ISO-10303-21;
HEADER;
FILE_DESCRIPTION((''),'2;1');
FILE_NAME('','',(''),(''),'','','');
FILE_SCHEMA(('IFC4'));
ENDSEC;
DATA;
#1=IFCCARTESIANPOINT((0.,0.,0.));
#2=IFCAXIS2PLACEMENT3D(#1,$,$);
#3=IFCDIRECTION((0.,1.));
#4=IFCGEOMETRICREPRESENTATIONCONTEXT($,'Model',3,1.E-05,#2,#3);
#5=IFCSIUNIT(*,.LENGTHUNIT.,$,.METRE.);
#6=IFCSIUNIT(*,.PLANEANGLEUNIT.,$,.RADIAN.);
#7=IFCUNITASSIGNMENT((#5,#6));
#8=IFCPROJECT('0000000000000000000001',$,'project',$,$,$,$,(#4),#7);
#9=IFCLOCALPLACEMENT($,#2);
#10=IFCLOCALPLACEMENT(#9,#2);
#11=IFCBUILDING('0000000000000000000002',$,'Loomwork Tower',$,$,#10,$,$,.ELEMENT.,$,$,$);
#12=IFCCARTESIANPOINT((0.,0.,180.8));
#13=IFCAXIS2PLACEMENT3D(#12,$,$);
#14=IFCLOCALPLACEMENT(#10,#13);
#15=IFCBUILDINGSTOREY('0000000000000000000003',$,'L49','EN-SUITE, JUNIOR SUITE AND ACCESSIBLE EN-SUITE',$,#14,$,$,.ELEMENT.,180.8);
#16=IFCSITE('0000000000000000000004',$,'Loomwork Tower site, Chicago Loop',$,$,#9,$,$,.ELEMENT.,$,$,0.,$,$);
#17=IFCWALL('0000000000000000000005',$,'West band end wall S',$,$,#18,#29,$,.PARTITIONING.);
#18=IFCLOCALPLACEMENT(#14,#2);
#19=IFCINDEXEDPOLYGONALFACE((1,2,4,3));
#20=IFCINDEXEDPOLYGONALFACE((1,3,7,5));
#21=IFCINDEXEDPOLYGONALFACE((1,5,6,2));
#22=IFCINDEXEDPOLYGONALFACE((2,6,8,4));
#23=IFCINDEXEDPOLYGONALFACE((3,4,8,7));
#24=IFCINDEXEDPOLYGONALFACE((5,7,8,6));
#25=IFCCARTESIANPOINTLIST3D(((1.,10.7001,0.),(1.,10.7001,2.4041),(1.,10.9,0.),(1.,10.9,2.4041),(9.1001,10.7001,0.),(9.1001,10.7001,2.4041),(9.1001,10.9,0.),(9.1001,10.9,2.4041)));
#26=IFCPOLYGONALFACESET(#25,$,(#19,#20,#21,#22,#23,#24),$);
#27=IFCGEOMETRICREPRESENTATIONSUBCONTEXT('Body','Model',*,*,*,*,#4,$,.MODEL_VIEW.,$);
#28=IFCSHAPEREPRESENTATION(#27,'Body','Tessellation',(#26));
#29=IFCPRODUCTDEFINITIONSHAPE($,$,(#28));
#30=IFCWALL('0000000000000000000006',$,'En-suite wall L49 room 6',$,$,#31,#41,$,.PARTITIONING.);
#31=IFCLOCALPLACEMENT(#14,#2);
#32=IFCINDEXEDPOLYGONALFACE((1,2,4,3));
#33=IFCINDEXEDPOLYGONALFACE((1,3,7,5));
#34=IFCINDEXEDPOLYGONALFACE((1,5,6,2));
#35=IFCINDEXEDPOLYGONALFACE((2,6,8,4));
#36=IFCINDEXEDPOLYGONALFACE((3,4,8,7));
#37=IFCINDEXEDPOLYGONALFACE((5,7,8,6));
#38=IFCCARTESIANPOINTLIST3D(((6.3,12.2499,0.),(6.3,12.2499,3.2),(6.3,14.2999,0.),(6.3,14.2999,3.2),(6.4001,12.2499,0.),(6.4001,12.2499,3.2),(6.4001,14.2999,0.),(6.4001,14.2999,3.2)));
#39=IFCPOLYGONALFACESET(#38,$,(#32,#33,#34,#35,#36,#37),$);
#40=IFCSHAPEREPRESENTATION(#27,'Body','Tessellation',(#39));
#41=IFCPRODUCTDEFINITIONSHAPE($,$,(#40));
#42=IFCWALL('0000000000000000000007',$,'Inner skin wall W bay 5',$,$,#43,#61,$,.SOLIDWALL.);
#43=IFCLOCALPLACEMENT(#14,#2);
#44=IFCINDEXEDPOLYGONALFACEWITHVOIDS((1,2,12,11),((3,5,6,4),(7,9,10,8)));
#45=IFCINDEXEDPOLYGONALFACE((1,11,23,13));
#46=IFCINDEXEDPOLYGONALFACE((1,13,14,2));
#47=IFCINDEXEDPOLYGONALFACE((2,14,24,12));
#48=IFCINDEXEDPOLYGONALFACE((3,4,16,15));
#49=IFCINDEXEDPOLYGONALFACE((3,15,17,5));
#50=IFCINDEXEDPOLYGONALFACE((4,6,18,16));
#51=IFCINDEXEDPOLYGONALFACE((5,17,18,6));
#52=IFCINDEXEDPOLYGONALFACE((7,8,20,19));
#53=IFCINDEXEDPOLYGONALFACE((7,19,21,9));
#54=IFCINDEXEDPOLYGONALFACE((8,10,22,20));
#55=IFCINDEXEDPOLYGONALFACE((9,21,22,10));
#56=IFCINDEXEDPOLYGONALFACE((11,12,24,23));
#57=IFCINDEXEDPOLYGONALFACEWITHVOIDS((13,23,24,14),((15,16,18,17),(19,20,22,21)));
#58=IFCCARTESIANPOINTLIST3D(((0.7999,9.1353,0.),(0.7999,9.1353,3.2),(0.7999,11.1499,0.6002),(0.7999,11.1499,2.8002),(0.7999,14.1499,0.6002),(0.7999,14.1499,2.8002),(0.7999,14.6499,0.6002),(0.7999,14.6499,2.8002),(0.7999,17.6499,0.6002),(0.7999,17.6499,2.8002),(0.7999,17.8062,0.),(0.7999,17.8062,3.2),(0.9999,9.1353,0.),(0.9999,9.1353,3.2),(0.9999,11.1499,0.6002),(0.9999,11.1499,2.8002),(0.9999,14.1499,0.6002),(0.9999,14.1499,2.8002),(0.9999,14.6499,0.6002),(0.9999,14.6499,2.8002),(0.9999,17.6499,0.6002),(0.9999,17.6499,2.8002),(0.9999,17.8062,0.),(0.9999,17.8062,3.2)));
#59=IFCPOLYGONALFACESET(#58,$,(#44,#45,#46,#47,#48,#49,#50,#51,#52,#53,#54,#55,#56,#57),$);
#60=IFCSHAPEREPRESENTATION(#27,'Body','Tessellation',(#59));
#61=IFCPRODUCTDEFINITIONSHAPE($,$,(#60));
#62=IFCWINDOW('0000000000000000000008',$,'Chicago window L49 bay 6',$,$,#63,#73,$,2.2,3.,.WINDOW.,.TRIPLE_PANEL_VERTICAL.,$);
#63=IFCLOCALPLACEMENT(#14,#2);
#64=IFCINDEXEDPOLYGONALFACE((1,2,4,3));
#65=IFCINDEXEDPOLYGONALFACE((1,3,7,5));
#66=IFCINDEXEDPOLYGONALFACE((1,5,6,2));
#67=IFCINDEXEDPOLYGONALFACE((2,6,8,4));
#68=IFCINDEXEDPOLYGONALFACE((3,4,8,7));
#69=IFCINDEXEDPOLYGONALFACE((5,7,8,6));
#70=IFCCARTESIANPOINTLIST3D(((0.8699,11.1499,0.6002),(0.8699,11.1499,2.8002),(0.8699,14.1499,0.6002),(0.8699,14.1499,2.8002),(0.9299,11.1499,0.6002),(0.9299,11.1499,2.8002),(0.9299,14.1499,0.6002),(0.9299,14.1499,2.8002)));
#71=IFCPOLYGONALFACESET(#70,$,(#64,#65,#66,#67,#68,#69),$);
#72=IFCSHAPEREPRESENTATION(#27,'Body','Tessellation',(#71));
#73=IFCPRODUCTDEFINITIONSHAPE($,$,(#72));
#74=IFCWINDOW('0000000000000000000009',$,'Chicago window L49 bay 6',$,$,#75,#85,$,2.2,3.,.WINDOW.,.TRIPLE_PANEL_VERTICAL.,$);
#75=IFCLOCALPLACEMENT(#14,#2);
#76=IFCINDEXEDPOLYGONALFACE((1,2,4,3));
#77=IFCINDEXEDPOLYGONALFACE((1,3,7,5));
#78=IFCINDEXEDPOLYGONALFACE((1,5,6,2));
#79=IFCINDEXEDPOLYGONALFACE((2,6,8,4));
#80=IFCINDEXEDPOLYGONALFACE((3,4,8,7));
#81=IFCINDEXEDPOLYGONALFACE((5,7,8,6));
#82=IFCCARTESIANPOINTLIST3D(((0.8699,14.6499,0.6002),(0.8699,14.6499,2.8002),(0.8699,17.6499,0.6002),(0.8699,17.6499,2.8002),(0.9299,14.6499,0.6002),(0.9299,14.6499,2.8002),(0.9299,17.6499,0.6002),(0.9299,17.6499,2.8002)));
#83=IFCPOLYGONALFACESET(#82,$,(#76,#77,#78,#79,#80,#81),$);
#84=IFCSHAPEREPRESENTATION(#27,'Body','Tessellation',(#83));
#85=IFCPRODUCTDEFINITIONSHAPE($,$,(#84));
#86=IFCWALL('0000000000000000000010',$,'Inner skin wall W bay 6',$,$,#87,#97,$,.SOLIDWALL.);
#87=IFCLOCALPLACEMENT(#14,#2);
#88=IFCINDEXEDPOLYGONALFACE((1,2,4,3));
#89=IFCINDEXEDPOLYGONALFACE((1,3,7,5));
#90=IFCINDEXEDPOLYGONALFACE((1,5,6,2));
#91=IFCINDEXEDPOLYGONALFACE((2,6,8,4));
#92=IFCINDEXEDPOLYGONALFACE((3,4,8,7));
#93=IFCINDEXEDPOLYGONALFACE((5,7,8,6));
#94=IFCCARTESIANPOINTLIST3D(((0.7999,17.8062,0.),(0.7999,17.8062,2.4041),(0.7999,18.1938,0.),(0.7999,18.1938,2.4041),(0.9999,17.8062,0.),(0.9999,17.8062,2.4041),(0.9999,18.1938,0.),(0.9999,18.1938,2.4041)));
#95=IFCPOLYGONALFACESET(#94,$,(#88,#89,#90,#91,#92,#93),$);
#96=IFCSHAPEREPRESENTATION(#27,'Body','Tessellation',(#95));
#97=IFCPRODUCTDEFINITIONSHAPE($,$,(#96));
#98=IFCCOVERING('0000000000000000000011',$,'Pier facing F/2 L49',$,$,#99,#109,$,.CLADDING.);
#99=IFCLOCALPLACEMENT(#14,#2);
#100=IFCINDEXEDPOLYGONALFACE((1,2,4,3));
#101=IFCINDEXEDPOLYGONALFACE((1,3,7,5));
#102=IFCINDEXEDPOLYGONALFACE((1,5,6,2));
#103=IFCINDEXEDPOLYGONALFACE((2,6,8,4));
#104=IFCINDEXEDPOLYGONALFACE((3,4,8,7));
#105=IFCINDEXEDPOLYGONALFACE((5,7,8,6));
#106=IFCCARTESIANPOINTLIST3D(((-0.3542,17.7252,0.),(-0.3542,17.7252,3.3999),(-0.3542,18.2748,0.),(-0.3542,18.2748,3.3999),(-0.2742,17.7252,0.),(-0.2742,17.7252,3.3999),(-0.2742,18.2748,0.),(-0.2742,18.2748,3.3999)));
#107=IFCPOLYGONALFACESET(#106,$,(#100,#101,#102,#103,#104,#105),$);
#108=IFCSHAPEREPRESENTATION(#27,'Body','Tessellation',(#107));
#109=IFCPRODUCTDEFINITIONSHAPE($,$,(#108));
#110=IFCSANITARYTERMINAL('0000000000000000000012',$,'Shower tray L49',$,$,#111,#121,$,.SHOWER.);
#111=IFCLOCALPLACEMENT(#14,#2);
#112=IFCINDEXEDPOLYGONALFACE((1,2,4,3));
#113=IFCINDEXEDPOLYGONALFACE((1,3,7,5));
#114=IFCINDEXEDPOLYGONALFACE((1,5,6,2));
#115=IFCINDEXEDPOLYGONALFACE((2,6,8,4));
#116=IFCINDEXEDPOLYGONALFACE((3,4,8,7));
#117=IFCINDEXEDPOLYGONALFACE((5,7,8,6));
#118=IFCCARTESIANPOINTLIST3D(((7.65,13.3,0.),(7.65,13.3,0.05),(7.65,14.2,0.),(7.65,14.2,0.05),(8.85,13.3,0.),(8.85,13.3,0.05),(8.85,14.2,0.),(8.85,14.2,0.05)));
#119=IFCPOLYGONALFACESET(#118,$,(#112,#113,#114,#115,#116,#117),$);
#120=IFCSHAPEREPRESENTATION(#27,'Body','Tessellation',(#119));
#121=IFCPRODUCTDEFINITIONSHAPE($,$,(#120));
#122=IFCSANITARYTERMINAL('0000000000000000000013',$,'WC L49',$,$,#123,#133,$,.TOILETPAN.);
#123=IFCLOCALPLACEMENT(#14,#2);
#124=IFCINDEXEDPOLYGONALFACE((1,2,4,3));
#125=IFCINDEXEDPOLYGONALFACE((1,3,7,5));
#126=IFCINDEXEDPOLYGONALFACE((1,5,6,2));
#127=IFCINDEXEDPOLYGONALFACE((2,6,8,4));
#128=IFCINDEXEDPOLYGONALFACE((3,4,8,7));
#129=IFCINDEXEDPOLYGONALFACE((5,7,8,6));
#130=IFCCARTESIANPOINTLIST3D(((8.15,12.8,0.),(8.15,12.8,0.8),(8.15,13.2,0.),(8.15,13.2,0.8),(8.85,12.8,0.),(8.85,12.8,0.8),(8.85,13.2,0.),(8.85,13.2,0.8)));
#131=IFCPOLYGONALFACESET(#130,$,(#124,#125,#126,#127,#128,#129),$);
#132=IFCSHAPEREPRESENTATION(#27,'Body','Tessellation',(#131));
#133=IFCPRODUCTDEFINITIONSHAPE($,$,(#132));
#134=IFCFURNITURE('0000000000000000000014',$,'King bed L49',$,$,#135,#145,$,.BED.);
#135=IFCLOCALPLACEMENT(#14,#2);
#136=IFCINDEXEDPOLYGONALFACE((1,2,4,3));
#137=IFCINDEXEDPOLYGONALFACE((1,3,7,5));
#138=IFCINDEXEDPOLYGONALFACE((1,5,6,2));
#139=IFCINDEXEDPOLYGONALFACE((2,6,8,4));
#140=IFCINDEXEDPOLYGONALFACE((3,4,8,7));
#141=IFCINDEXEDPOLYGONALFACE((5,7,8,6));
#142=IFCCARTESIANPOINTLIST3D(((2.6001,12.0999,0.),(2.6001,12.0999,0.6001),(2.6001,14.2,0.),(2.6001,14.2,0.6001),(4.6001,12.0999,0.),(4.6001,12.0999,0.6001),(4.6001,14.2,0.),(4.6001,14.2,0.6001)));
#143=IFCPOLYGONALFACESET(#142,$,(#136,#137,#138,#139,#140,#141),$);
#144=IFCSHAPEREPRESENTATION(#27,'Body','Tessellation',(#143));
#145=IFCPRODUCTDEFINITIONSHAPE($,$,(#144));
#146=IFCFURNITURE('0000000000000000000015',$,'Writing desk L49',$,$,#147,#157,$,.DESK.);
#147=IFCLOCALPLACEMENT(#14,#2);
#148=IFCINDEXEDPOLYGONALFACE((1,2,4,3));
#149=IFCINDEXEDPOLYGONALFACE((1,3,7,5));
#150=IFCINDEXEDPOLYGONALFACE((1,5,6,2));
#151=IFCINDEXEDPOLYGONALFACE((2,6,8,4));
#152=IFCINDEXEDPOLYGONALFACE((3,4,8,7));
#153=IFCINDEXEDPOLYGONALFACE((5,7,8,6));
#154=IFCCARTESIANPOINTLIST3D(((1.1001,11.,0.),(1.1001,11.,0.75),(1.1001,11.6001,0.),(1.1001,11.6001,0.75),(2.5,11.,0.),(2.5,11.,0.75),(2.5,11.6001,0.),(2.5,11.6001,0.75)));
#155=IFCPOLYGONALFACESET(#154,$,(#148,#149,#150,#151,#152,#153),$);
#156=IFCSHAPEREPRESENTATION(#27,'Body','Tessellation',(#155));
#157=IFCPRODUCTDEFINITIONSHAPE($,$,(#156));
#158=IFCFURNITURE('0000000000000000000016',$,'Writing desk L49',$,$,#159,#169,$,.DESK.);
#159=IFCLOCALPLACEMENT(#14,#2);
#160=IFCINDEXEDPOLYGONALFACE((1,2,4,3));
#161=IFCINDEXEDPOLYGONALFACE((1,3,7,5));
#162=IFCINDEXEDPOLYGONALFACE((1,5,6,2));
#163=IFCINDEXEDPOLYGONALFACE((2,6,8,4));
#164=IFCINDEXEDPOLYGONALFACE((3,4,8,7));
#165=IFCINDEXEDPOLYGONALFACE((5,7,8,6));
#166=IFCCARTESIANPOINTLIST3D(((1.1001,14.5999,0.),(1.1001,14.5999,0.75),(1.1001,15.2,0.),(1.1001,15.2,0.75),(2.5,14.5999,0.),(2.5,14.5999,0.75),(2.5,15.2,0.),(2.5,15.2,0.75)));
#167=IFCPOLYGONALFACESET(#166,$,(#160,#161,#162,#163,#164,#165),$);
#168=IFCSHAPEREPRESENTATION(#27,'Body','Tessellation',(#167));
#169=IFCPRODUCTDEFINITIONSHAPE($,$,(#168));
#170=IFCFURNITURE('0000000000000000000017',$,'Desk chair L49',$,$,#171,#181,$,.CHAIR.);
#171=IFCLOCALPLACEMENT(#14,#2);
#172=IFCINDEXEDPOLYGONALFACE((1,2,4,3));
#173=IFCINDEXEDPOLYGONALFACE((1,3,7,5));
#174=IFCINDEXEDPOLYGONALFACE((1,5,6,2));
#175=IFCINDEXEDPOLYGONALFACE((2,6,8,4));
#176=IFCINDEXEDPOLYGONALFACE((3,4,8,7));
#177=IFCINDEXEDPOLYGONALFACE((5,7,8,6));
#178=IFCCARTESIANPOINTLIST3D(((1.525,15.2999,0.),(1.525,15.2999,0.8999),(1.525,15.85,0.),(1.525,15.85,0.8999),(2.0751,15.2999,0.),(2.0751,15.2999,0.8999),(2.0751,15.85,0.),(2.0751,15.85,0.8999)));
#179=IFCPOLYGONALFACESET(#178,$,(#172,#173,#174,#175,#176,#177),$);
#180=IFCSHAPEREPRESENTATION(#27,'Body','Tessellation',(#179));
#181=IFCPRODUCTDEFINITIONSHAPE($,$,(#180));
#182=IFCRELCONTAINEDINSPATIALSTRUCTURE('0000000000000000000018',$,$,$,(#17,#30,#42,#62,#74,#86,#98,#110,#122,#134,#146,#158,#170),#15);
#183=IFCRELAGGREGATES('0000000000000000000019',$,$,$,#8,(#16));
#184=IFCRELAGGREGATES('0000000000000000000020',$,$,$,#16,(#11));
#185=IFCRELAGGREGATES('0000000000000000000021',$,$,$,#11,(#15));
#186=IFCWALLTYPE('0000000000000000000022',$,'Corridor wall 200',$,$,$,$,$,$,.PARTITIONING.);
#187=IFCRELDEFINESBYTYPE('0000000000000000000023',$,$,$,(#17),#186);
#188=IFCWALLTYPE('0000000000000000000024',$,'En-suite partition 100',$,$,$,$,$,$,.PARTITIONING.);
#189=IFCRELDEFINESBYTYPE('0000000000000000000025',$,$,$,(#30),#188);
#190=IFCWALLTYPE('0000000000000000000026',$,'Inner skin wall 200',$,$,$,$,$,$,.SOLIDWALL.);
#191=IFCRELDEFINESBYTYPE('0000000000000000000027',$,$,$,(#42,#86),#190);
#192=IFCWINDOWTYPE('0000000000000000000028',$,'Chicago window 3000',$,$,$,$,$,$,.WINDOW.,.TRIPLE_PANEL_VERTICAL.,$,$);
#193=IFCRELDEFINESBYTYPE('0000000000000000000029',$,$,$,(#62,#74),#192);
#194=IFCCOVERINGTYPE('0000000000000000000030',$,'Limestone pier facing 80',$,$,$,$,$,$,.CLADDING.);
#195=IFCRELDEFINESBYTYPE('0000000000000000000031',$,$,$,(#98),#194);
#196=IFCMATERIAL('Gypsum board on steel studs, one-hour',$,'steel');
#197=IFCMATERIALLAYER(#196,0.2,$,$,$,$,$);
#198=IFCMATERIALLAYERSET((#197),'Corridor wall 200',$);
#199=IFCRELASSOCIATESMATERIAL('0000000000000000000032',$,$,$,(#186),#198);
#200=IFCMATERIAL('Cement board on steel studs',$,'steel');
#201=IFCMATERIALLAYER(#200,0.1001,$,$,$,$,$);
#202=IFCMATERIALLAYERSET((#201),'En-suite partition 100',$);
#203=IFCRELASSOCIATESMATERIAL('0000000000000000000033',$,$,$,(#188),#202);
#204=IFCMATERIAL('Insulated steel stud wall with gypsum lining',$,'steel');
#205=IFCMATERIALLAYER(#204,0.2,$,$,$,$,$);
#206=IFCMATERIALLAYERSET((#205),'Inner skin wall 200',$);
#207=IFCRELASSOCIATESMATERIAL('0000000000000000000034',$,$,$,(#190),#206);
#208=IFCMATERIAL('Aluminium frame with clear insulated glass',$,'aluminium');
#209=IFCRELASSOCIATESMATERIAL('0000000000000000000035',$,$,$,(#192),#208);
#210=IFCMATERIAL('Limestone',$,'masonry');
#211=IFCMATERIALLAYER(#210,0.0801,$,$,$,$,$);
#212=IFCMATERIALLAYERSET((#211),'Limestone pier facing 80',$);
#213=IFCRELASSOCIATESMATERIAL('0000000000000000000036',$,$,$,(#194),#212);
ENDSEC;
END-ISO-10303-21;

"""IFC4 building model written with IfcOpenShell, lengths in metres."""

from ifc_helpers import new_model, si_unit, direction, frame, frame_2d, origin, origin_2d, place, context, subcontext, project, spatial, rectangle, extrude, material, layer, layer_set, type_object, element, fill, save


model = new_model("IFC4")

# Units and contexts
model_context = context("Model", 3, precision=1e-05, world=origin(), true_north=direction((0.0, 1.0)))
body_context = subcontext(model_context, "Body", "Model", "MODEL_VIEW")
ifc_project = project(units=[si_unit("LENGTHUNIT", "METRE"), si_unit("PLANEANGLEUNIT", "RADIAN")], contexts=[model_context])

# Site, building, storey
site_placement = place(None, origin())
site = spatial("IfcSite", under=ifc_project, at=site_placement, Name="Loomwork Tower site, Chicago Loop", CompositionType="ELEMENT", RefElevation=0.0)
building_placement = place(site_placement, origin())
building = spatial("IfcBuilding", under=site, at=building_placement, Name="Loomwork Tower", CompositionType="ELEMENT")
storey_placement = place(building_placement, frame((0.0, 0.0, 180.8)))
storey = spatial("IfcBuildingStorey", under=building, at=storey_placement, Name="L49", Description="EN-SUITE, JUNIOR SUITE AND ACCESSIBLE EN-SUITE", CompositionType="ELEMENT", Elevation=180.8)

# Walls
ifc_material_1 = material(Name="Gypsum board on steel studs, one-hour", Category="steel")
ifc_layer_1 = layer(ifc_material_1, 0.2)
ifc_layer_set_1 = layer_set([ifc_layer_1], Name="Corridor wall 200")
wall_type_1 = type_object("IfcWallType", Name="Corridor wall 200", PredefinedType="PARTITIONING", material=ifc_layer_set_1)
wall_1_placement = place(storey_placement, frame((1.0, 10.8, 0.0), z_axis=(0.0, 0.0, 1.0), x_axis=(1.0, 0.0, 0.0)))
element("IfcWall", 1, at=wall_1_placement, inside=storey, type_object=wall_type_1, Name="West band end wall S", PredefinedType="PARTITIONING", context=body_context, shape_type="SweptSolid", body=[
    extrude(rectangle(XDim=8.1001, YDim=0.2, at=frame_2d((4.05, 0.0))), origin(), (0.0, 0.0, 1.0), 2.4041),
])
ifc_material_2 = material(Name="Cement board on steel studs", Category="steel")
ifc_layer_2 = layer(ifc_material_2, 0.1001)
ifc_layer_set_2 = layer_set([ifc_layer_2], Name="En-suite partition 100")
wall_type_2 = type_object("IfcWallType", Name="En-suite partition 100", PredefinedType="PARTITIONING", material=ifc_layer_set_2)
wall_2_placement = place(storey_placement, frame((6.3501, 12.25, 0.0), z_axis=(0.0, 0.0, 1.0), x_axis=(0.0, 1.0, 0.0)))
element("IfcWall", 2, at=wall_2_placement, inside=storey, type_object=wall_type_2, Name="En-suite wall L49 room 6", PredefinedType="PARTITIONING", context=body_context, shape_type="SweptSolid", body=[
    extrude(rectangle(XDim=2.05, YDim=0.1001, at=frame_2d((1.0249, 0.0))), origin(), (0.0, 0.0, 1.0), 3.2),
])

# Wall, openings, windows
ifc_material_3 = material(Name="Insulated steel stud wall with gypsum lining", Category="steel")
ifc_layer_3 = layer(ifc_material_3, 0.2)
ifc_layer_set_3 = layer_set([ifc_layer_3], Name="Inner skin wall 200")
wall_type_3 = type_object("IfcWallType", Name="Inner skin wall 200", PredefinedType="SOLIDWALL", material=ifc_layer_set_3)
wall_3_placement = place(storey_placement, frame((0.8999, 9.1353, 0.0), z_axis=(0.0, 0.0, 1.0), x_axis=(0.0, 1.0, 0.0)))
wall_3 = element("IfcWall", 3, at=wall_3_placement, inside=storey, type_object=wall_type_3, Name="Inner skin wall W bay 5", PredefinedType="SOLIDWALL", context=body_context, shape_type="SweptSolid", body=[
    extrude(rectangle(XDim=8.6709, YDim=0.2, at=frame_2d((4.3354, 0.0))), origin(), (0.0, 0.0, 1.0), 3.2),
])
opening_1_placement = place(wall_3_placement, frame((2.0146, 0.0, 0.6001)))
opening_1 = element("IfcOpeningElement", 4, at=opening_1_placement, cuts=wall_3, PredefinedType="OPENING", context=body_context, shape_type="SweptSolid", body=[
    extrude(rectangle(XDim=3.0, YDim=2.2, at=frame_2d((1.5, 1.1001))), frame((0.0, 0.1099, 0.0), z_axis=(0.0, -1.0, 0.0), x_axis=(1.0, 0.0, 0.0)), (0.0, 0.0, 1.0), 0.22),
])
opening_2_placement = place(wall_3_placement, frame((5.5146, 0.0, 0.6001)))
opening_2 = element("IfcOpeningElement", 5, at=opening_2_placement, cuts=wall_3, PredefinedType="OPENING", context=body_context, shape_type="SweptSolid", body=[
    extrude(rectangle(XDim=3.0, YDim=2.2, at=frame_2d((1.5, 1.1001))), frame((0.0, 0.1099, 0.0), z_axis=(0.0, -1.0, 0.0), x_axis=(1.0, 0.0, 0.0)), (0.0, 0.0, 1.0), 0.22),
])
ifc_material_4 = material(Name="Aluminium frame with clear insulated glass", Category="aluminium")
window_type = type_object("IfcWindowType", Name="Chicago window 3000", PartitioningType="TRIPLE_PANEL_VERTICAL", PredefinedType="WINDOW", material=ifc_material_4)
window_1_placement = place(opening_1_placement, origin())
window_1 = element("IfcWindow", 6, at=window_1_placement, inside=storey, type_object=window_type, Name="Chicago window L49 bay 6", OverallHeight=2.2, OverallWidth=3.0, PartitioningType="TRIPLE_PANEL_VERTICAL", PredefinedType="WINDOW", context=body_context, shape_type="SweptSolid", body=[
    extrude(rectangle(XDim=3.0, YDim=2.2, at=frame_2d((1.5, 1.1001))), frame((0.0, 0.03, 0.0), z_axis=(0.0, -1.0, 0.0), x_axis=(1.0, 0.0, 0.0)), (0.0, 0.0, 1.0), 0.0601),
])
fill(opening_1, window_1)
window_2_placement = place(opening_2_placement, origin())
window_2 = element("IfcWindow", 7, at=window_2_placement, inside=storey, type_object=window_type, Name="Chicago window L49 bay 6", OverallHeight=2.2, OverallWidth=3.0, PartitioningType="TRIPLE_PANEL_VERTICAL", PredefinedType="WINDOW", context=body_context, shape_type="SweptSolid", body=[
    extrude(rectangle(XDim=3.0, YDim=2.2, at=frame_2d((1.5, 1.1001))), frame((0.0, 0.03, 0.0), z_axis=(0.0, -1.0, 0.0), x_axis=(1.0, 0.0, 0.0)), (0.0, 0.0, 1.0), 0.0601),
])
fill(opening_2, window_2)

# Wall
wall_4_placement = place(storey_placement, frame((0.8999, 17.8062, 0.0), z_axis=(0.0, 0.0, 1.0), x_axis=(0.0, 1.0, 0.0)))
element("IfcWall", 8, at=wall_4_placement, inside=storey, type_object=wall_type_3, Name="Inner skin wall W bay 6", PredefinedType="SOLIDWALL", context=body_context, shape_type="SweptSolid", body=[
    extrude(rectangle(XDim=0.3877, YDim=0.2, at=frame_2d((0.1938, 0.0))), origin(), (0.0, 0.0, 1.0), 2.4041),
])

# Covering
ifc_material_5 = material(Name="Limestone", Category="masonry")
ifc_layer_4 = layer(ifc_material_5, 0.0801)
ifc_layer_set_4 = layer_set([ifc_layer_4], Name="Limestone pier facing 80")
covering_type = type_object("IfcCoveringType", Name="Limestone pier facing 80", PredefinedType="CLADDING", material=ifc_layer_set_4)
covering_placement = place(storey_placement, frame((-0.3142, 18.0, 0.0), z_axis=(0.0, 0.0, 1.0), x_axis=(1.0, 0.0, 0.0)))
element("IfcCovering", 9, at=covering_placement, inside=storey, type_object=covering_type, Name="Pier facing F/2 L49", PredefinedType="CLADDING", context=body_context, shape_type="SweptSolid", body=[
    extrude(rectangle(XDim=0.0801, YDim=0.5496, at=origin_2d()), origin(), (0.0, 0.0, 1.0), 3.3999),
])

# Sanitary terminals
sanitary_terminal_1_placement = place(storey_placement, frame((8.25, 13.75, 0.0), z_axis=(0.0, 0.0, 1.0), x_axis=(1.0, 0.0, 0.0)))
element("IfcSanitaryTerminal", 10, at=sanitary_terminal_1_placement, inside=storey, Name="Shower tray L49", PredefinedType="SHOWER", context=body_context, shape_type="SweptSolid", body=[
    extrude(rectangle(XDim=1.2, YDim=0.8999, at=origin_2d()), origin(), (0.0, 0.0, 1.0), 0.05),
])
sanitary_terminal_2_placement = place(storey_placement, frame((8.5, 13.0, 0.0), z_axis=(0.0, 0.0, 1.0), x_axis=(1.0, 0.0, 0.0)))
element("IfcSanitaryTerminal", 11, at=sanitary_terminal_2_placement, inside=storey, Name="WC L49", PredefinedType="TOILETPAN", context=body_context, shape_type="SweptSolid", body=[
    extrude(rectangle(XDim=0.7, YDim=0.3999, at=origin_2d()), origin(), (0.0, 0.0, 1.0), 0.8),
])

# Furniture
furniture_1_placement = place(storey_placement, frame((3.6001, 13.1499, 0.0), z_axis=(0.0, 0.0, 1.0), x_axis=(1.0, 0.0, 0.0)))
element("IfcFurniture", 12, at=furniture_1_placement, inside=storey, Name="King bed L49", PredefinedType="BED", context=body_context, shape_type="SweptSolid", body=[
    extrude(rectangle(XDim=2.0, YDim=2.1001, at=origin_2d()), origin(), (0.0, 0.0, 1.0), 0.6001),
])
for number, where, z_axis, x_axis, name in (
    (13, (1.8, 11.3, 0.0), (0.0, 0.0, 1.0), (1.0, 0.0, 0.0), "Writing desk L49"),
    (14, (1.8, 14.8999, 0.0), (0.0, 0.0, 1.0), (1.0, 0.0, 0.0), "Writing desk L49"),
):
    element("IfcFurniture", number, at=place(storey_placement, frame(where, z_axis=z_axis, x_axis=x_axis)), inside=storey, Name=name, PredefinedType="DESK", context=body_context, shape_type="SweptSolid", body=[
        extrude(rectangle(XDim=1.3999, YDim=0.6001, at=origin_2d()), origin(), (0.0, 0.0, 1.0), 0.75),
    ])
furniture_2_placement = place(storey_placement, frame((1.8, 15.575, 0.0), z_axis=(0.0, 0.0, 1.0), x_axis=(1.0, 0.0, 0.0)))
element("IfcFurniture", 15, at=furniture_2_placement, inside=storey, Name="Desk chair L49", PredefinedType="CHAIR", context=body_context, shape_type="SweptSolid", body=[
    extrude(rectangle(XDim=0.55, YDim=0.55, at=origin_2d()), origin(), (0.0, 0.0, 1.0), 0.8999),
])

save(model, "model.ifc")
